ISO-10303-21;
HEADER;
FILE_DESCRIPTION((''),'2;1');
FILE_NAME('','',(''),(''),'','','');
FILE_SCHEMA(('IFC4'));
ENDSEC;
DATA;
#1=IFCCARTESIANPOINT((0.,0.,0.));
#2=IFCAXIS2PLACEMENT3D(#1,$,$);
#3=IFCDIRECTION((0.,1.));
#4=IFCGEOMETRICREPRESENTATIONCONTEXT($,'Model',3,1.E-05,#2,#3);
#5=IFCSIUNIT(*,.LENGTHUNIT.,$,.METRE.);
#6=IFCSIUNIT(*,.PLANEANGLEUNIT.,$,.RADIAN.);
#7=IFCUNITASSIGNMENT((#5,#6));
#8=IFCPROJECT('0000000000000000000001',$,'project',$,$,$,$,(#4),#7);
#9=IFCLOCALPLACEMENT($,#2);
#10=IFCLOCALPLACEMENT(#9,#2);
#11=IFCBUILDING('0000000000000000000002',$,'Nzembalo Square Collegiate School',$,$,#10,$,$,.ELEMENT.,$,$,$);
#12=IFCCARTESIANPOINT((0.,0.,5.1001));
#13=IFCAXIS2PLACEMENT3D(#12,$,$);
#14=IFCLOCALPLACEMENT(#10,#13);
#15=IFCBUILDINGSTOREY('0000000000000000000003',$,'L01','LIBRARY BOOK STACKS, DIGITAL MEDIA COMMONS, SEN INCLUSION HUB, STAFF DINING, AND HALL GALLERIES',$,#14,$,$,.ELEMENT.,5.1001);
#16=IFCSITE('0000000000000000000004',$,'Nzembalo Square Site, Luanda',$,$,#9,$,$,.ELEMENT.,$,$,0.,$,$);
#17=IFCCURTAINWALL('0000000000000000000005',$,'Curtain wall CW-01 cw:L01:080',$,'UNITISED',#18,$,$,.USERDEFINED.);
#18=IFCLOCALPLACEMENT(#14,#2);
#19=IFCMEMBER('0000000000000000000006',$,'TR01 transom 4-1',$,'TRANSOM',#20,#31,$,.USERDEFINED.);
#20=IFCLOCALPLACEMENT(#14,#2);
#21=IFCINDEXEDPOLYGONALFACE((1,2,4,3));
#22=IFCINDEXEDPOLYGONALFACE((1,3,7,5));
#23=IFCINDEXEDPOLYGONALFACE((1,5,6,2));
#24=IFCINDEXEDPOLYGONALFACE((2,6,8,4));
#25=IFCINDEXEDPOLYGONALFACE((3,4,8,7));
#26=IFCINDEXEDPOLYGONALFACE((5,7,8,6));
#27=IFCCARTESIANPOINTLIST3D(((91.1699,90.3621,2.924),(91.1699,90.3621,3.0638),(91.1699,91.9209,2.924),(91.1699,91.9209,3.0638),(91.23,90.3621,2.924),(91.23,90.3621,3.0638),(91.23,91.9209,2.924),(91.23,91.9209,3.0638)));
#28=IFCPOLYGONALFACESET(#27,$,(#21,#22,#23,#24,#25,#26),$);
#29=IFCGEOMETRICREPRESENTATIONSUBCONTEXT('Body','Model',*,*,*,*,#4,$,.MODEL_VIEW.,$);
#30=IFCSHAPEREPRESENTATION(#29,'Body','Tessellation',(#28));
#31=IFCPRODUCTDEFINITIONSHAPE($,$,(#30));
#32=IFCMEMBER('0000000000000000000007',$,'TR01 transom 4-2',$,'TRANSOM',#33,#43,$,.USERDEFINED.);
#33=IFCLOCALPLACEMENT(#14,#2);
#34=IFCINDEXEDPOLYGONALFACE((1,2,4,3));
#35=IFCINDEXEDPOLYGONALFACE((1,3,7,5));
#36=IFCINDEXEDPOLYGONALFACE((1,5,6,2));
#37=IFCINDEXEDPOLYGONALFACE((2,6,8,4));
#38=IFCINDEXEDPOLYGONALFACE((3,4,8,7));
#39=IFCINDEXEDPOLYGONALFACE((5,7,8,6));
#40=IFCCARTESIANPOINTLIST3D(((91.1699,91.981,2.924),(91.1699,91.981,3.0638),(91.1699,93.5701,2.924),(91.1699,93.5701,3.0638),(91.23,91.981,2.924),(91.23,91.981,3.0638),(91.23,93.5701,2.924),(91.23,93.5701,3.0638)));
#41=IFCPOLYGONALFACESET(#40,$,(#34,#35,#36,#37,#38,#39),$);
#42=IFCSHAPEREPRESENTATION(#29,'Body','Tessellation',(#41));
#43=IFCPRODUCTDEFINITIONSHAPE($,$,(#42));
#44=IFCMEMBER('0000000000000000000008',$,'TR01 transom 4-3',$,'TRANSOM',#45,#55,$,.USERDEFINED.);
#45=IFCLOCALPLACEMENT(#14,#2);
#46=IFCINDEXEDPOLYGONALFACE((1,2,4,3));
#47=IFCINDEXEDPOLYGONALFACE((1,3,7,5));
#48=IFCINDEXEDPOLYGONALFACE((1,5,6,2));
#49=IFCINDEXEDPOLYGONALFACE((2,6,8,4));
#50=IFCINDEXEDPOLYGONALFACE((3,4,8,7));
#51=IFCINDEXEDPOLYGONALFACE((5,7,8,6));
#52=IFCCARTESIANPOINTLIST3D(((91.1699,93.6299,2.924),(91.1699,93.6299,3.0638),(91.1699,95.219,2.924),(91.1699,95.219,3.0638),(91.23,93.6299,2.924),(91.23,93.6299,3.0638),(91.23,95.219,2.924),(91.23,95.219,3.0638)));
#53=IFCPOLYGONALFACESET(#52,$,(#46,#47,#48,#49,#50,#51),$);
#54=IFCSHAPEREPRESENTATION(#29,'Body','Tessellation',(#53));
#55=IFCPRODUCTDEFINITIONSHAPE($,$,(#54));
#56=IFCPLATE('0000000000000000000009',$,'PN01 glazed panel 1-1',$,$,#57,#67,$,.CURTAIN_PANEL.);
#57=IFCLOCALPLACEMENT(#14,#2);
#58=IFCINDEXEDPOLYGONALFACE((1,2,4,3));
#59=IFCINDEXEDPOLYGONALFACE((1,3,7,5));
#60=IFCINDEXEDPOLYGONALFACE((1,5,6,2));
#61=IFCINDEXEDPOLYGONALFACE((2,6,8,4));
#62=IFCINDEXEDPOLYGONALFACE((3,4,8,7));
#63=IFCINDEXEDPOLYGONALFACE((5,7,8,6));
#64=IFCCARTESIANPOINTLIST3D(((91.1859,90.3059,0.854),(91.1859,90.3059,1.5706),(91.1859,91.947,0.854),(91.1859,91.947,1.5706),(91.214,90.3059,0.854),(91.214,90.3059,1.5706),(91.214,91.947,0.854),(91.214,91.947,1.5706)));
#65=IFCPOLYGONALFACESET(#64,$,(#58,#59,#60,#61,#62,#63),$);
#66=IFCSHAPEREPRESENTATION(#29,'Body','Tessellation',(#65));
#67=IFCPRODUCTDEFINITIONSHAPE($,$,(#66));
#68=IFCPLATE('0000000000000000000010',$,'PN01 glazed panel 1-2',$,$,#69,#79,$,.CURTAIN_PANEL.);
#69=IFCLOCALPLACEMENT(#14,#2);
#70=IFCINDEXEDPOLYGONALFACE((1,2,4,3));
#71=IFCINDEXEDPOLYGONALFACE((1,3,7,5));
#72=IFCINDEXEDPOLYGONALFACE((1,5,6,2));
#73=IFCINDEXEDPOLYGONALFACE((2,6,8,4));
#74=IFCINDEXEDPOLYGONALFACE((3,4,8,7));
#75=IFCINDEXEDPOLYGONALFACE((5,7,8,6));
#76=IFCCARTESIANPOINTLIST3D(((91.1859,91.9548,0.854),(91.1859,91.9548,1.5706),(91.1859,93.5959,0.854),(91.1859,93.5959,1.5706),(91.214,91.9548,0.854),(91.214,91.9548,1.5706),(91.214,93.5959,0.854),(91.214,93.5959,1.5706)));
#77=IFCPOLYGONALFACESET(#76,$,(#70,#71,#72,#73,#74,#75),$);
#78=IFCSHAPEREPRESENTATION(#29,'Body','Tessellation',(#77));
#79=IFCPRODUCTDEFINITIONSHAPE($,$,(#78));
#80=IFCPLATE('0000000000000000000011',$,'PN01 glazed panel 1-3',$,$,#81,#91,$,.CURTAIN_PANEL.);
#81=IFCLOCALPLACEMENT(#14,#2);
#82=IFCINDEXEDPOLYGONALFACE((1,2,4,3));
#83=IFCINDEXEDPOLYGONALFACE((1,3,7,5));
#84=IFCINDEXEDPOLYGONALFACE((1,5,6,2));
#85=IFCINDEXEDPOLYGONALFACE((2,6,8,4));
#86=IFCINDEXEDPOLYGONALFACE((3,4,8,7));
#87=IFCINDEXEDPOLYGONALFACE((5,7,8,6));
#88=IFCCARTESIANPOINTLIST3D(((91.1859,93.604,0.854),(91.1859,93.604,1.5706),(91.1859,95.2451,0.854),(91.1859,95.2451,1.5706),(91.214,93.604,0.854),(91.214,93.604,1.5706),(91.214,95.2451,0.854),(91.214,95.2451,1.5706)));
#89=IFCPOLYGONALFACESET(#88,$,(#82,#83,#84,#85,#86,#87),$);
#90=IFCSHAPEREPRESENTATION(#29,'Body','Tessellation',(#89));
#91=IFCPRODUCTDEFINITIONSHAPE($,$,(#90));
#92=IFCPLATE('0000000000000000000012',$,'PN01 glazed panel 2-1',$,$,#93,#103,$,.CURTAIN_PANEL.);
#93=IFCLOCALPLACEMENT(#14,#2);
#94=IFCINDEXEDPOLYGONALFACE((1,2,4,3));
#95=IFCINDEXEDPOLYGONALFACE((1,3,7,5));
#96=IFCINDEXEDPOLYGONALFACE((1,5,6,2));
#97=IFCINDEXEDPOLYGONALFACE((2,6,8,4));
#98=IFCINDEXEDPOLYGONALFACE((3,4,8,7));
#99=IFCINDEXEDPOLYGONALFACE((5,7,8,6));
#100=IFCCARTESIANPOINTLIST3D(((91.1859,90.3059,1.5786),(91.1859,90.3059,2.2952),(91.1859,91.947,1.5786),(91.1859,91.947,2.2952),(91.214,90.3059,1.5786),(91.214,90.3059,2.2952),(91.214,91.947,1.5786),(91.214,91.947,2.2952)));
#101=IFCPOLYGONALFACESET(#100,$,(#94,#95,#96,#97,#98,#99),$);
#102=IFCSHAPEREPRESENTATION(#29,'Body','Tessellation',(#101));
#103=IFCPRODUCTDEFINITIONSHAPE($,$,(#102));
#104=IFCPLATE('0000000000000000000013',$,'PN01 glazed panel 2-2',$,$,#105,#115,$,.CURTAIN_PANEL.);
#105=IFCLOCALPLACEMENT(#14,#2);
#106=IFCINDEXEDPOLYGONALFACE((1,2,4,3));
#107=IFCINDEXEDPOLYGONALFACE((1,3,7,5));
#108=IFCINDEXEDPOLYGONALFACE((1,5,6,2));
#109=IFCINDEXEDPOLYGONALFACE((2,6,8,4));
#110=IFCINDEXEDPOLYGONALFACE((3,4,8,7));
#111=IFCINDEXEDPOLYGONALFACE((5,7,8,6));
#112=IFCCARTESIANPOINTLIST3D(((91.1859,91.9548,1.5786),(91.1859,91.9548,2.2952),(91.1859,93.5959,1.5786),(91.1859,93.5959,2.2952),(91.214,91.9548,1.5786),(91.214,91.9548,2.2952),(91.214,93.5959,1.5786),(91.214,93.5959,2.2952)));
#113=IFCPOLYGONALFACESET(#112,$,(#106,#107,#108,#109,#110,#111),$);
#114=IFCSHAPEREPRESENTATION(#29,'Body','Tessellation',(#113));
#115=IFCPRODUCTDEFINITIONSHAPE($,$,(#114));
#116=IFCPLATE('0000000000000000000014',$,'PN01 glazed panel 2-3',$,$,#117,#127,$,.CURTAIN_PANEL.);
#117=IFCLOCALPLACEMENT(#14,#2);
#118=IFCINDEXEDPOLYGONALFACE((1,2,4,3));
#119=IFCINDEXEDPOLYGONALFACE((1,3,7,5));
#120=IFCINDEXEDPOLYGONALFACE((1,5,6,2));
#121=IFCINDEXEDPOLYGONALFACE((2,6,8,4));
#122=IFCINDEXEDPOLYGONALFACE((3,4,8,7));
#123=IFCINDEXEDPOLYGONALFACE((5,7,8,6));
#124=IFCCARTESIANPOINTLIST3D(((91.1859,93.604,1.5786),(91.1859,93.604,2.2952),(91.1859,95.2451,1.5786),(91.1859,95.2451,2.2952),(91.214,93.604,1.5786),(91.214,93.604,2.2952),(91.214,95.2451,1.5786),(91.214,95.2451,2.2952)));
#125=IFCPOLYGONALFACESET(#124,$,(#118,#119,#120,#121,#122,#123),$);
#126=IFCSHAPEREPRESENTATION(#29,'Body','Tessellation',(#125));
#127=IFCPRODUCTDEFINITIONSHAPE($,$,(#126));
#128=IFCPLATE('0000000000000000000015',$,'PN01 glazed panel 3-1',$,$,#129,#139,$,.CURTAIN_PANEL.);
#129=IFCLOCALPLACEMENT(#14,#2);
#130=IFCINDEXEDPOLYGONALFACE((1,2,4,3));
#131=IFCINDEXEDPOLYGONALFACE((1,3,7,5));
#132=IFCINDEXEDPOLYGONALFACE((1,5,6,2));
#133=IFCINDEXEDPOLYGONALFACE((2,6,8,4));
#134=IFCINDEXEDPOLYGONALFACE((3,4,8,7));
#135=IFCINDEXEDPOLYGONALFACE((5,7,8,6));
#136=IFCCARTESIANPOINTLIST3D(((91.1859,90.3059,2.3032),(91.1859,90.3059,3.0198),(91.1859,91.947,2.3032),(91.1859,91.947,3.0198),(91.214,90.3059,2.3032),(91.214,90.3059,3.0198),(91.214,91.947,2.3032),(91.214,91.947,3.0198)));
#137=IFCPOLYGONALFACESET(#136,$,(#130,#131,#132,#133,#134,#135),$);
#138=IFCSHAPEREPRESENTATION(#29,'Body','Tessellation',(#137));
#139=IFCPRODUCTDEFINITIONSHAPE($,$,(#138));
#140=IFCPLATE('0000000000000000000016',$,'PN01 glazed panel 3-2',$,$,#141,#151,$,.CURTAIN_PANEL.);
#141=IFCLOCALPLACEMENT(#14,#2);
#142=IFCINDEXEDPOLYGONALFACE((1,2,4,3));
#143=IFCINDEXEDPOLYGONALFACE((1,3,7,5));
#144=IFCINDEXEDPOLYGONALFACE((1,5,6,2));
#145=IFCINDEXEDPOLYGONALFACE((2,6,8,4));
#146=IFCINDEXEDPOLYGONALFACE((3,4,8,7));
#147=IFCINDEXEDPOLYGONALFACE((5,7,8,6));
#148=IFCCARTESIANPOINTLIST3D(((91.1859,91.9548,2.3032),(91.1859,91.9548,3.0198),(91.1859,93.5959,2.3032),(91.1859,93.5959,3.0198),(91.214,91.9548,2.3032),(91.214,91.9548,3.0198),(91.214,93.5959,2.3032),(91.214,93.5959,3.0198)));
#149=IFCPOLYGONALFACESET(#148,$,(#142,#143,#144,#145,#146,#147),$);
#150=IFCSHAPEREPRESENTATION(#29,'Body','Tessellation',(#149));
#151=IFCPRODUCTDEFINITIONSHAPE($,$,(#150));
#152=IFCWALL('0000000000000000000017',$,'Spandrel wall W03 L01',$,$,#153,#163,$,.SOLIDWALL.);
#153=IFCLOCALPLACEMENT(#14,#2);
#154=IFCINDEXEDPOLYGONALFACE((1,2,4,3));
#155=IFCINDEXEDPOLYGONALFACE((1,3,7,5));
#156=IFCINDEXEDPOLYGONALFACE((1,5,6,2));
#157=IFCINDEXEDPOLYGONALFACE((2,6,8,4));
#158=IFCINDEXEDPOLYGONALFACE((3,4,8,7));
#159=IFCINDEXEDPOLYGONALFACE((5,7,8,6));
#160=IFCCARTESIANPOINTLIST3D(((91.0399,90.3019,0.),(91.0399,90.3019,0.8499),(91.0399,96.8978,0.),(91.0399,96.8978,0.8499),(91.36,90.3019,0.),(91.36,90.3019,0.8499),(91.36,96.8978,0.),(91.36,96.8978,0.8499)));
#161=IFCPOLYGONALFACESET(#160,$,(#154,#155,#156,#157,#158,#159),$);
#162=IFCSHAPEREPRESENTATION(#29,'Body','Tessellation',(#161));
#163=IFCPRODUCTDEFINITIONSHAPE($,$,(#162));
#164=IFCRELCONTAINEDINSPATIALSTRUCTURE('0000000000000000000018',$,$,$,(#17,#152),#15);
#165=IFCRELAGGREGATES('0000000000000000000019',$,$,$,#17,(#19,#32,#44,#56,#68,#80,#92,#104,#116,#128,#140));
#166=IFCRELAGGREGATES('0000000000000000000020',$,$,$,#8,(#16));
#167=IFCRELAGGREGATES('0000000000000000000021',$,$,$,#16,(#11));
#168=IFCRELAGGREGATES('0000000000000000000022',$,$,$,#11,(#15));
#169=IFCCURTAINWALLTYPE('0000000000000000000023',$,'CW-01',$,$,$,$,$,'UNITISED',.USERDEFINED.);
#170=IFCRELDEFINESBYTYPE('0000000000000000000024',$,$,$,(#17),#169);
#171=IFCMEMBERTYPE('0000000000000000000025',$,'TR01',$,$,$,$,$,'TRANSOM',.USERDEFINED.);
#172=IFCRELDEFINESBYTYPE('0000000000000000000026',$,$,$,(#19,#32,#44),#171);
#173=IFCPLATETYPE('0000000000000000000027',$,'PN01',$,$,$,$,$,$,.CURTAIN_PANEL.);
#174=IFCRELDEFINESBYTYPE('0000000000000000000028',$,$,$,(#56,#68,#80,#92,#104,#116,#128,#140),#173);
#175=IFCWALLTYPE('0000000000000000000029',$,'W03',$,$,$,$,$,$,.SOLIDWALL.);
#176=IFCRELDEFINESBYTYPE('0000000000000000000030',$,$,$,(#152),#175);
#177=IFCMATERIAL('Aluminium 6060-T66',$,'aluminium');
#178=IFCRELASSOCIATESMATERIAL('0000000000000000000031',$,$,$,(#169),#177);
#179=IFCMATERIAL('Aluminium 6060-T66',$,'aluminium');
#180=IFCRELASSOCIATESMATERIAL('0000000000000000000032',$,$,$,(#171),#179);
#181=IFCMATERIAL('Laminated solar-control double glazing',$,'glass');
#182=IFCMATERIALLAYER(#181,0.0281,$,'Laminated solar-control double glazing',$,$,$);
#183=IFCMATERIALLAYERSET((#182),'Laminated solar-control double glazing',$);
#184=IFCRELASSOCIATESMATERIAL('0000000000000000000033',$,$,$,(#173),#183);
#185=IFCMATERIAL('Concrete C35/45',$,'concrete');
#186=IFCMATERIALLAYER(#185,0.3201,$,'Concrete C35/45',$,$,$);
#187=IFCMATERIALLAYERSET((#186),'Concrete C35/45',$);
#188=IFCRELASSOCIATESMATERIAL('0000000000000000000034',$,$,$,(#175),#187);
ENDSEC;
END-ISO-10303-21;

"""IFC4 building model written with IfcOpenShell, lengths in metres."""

from ifc_helpers import new_model, si_unit, direction, frame, frame_2d, origin, origin_2d, place, context, subcontext, project, spatial, rectangle, extrude, material, layer, layer_set, material_profile, profile_set, type_object, element, aggregate, save


model = new_model("IFC4")

# Units and contexts
model_context = context("Model", 3, precision=1e-05, world=origin(), true_north=direction((0.0, 1.0)))
body_context = subcontext(model_context, "Body", "Model", "MODEL_VIEW")
ifc_project = project(units=[si_unit("LENGTHUNIT", "METRE"), si_unit("PLANEANGLEUNIT", "RADIAN")], contexts=[model_context])

# Site, building, storey
site_placement = place(None, origin())
site = spatial("IfcSite", under=ifc_project, at=site_placement, Name="Nzembalo Square Site, Luanda", CompositionType="ELEMENT", RefElevation=0.0)
building_placement = place(site_placement, origin())
building = spatial("IfcBuilding", under=site, at=building_placement, Name="Nzembalo Square Collegiate School", CompositionType="ELEMENT")
storey_placement = place(building_placement, frame((0.0, 0.0, 5.1001)))
storey = spatial("IfcBuildingStorey", under=building, at=storey_placement, Name="L01", Description="LIBRARY BOOK STACKS, DIGITAL MEDIA COMMONS, SEN INCLUSION HUB, STAFF DINING, AND HALL GALLERIES", CompositionType="ELEMENT", Elevation=5.1001)

# Curtain wall, members, plates
ifc_material_1 = material(Name="Aluminium 6060-T66", Category="aluminium")
curtain_wall_type = type_object("IfcCurtainWallType", Name="CW-01", ElementType="UNITISED", PredefinedType="USERDEFINED", material=ifc_material_1)
curtain_wall_placement = place(storey_placement, origin())
curtain_wall = element("IfcCurtainWall", 1, at=curtain_wall_placement, inside=storey, type_object=curtain_wall_type, Name="Curtain wall CW-01 cw:L01:080", ObjectType="UNITISED", PredefinedType="USERDEFINED")
ifc_material_2 = material(Name="Aluminium 6060-T66", Category="aluminium")
ifc_material_profile_1 = material_profile(ifc_material_2, rectangle(XDim=0.0601, YDim=0.1399, at=origin_2d()), Name="ALU T60x140")
ifc_profile_set_1 = profile_set([ifc_material_profile_1], Name="Aluminium 6060-T66")
member_type_1 = type_object("IfcMemberType", Name="TR01", ElementType="TRANSOM", PredefinedType="USERDEFINED", material=ifc_profile_set_1)
member_1_placement = place(storey_placement, frame((91.2, 90.3621, 2.9939), z_axis=(0.0, 1.0, 0.0), x_axis=(-1.0, 0.0, 0.0)))
member_1 = element("IfcMember", 2, at=member_1_placement, type_object=member_type_1, Name="TR01 transom 4-1", ObjectType="TRANSOM", PredefinedType="USERDEFINED", context=body_context, shape_type="SweptSolid", body=[
    extrude(rectangle(XDim=0.0601, YDim=0.1399, at=origin_2d()), origin(), (0.0, 0.0, 1.0), 1.5588),
])
member_2_placement = place(storey_placement, frame((91.2, 91.981, 2.9939), z_axis=(0.0, 1.0, 0.0), x_axis=(-1.0, 0.0, 0.0)))
member_2 = element("IfcMember", 3, at=member_2_placement, type_object=member_type_1, Name="TR01 transom 4-2", ObjectType="TRANSOM", PredefinedType="USERDEFINED", context=body_context, shape_type="SweptSolid", body=[
    extrude(rectangle(XDim=0.0601, YDim=0.1399, at=origin_2d()), origin(), (0.0, 0.0, 1.0), 1.5891),
])
member_3_placement = place(storey_placement, frame((91.2, 93.6299, 2.9939), z_axis=(0.0, 1.0, 0.0), x_axis=(-1.0, 0.0, 0.0)))
member_3 = element("IfcMember", 4, at=member_3_placement, type_object=member_type_1, Name="TR01 transom 4-3", ObjectType="TRANSOM", PredefinedType="USERDEFINED", context=body_context, shape_type="SweptSolid", body=[
    extrude(rectangle(XDim=0.0601, YDim=0.1399, at=origin_2d()), origin(), (0.0, 0.0, 1.0), 1.5891),
])
ifc_material_3 = material(Name="Laminated solar-control double glazing", Category="glass")
ifc_layer_1 = layer(ifc_material_3, 0.0281, Name="Laminated solar-control double glazing")
ifc_layer_set_1 = layer_set([ifc_layer_1], Name="Laminated solar-control double glazing")
plate_type = type_object("IfcPlateType", Name="PN01", PredefinedType="CURTAIN_PANEL", material=ifc_layer_set_1)
plate_1_placement = place(storey_placement, frame((91.2, 91.1265, 0.854), z_axis=(0.0, 0.0, 1.0), x_axis=(0.0, 1.0, 0.0)))
plate_1 = element("IfcPlate", 5, at=plate_1_placement, type_object=plate_type, Name="PN01 glazed panel 1-1", PredefinedType="CURTAIN_PANEL", context=body_context, shape_type="SweptSolid", body=[
    extrude(rectangle(XDim=1.6411, YDim=0.0281, at=origin_2d()), origin(), (0.0, 0.0, 1.0), 0.7166),
])
plate_2_placement = place(storey_placement, frame((91.2, 92.7754, 0.854), z_axis=(0.0, 0.0, 1.0), x_axis=(0.0, 1.0, 0.0)))
plate_2 = element("IfcPlate", 6, at=plate_2_placement, type_object=plate_type, Name="PN01 glazed panel 1-2", PredefinedType="CURTAIN_PANEL", context=body_context, shape_type="SweptSolid", body=[
    extrude(rectangle(XDim=1.6411, YDim=0.0281, at=origin_2d()), origin(), (0.0, 0.0, 1.0), 0.7166),
])
plate_3_placement = place(storey_placement, frame((91.2, 94.4246, 0.854), z_axis=(0.0, 0.0, 1.0), x_axis=(0.0, 1.0, 0.0)))
plate_3 = element("IfcPlate", 7, at=plate_3_placement, type_object=plate_type, Name="PN01 glazed panel 1-3", PredefinedType="CURTAIN_PANEL", context=body_context, shape_type="SweptSolid", body=[
    extrude(rectangle(XDim=1.6411, YDim=0.0281, at=origin_2d()), origin(), (0.0, 0.0, 1.0), 0.7166),
])
plate_4_placement = place(storey_placement, frame((91.2, 91.1265, 1.5786), z_axis=(0.0, 0.0, 1.0), x_axis=(0.0, 1.0, 0.0)))
plate_4 = element("IfcPlate", 8, at=plate_4_placement, type_object=plate_type, Name="PN01 glazed panel 2-1", PredefinedType="CURTAIN_PANEL", context=body_context, shape_type="SweptSolid", body=[
    extrude(rectangle(XDim=1.6411, YDim=0.0281, at=origin_2d()), origin(), (0.0, 0.0, 1.0), 0.7166),
])
plate_5_placement = place(storey_placement, frame((91.2, 92.7754, 1.5786), z_axis=(0.0, 0.0, 1.0), x_axis=(0.0, 1.0, 0.0)))
plate_5 = element("IfcPlate", 9, at=plate_5_placement, type_object=plate_type, Name="PN01 glazed panel 2-2", PredefinedType="CURTAIN_PANEL", context=body_context, shape_type="SweptSolid", body=[
    extrude(rectangle(XDim=1.6411, YDim=0.0281, at=origin_2d()), origin(), (0.0, 0.0, 1.0), 0.7166),
])
plate_6_placement = place(storey_placement, frame((91.2, 94.4246, 1.5786), z_axis=(0.0, 0.0, 1.0), x_axis=(0.0, 1.0, 0.0)))
plate_6 = element("IfcPlate", 10, at=plate_6_placement, type_object=plate_type, Name="PN01 glazed panel 2-3", PredefinedType="CURTAIN_PANEL", context=body_context, shape_type="SweptSolid", body=[
    extrude(rectangle(XDim=1.6411, YDim=0.0281, at=origin_2d()), origin(), (0.0, 0.0, 1.0), 0.7166),
])
plate_7_placement = place(storey_placement, frame((91.2, 91.1265, 2.3032), z_axis=(0.0, 0.0, 1.0), x_axis=(0.0, 1.0, 0.0)))
plate_7 = element("IfcPlate", 11, at=plate_7_placement, type_object=plate_type, Name="PN01 glazed panel 3-1", PredefinedType="CURTAIN_PANEL", context=body_context, shape_type="SweptSolid", body=[
    extrude(rectangle(XDim=1.6411, YDim=0.0281, at=origin_2d()), origin(), (0.0, 0.0, 1.0), 0.7166),
])
plate_8_placement = place(storey_placement, frame((91.2, 92.7754, 2.3032), z_axis=(0.0, 0.0, 1.0), x_axis=(0.0, 1.0, 0.0)))
plate_8 = element("IfcPlate", 12, at=plate_8_placement, type_object=plate_type, Name="PN01 glazed panel 3-2", PredefinedType="CURTAIN_PANEL", context=body_context, shape_type="SweptSolid", body=[
    extrude(rectangle(XDim=1.6411, YDim=0.0281, at=origin_2d()), origin(), (0.0, 0.0, 1.0), 0.7166),
])
aggregate(curtain_wall, [member_1, member_2, member_3, plate_1, plate_2, plate_3, plate_4, plate_5, plate_6, plate_7, plate_8])

# Wall
ifc_material_4 = material(Name="Concrete C35/45", Category="concrete")
ifc_layer_2 = layer(ifc_material_4, 0.3201, Name="Concrete C35/45")
ifc_layer_set_2 = layer_set([ifc_layer_2], Name="Concrete C35/45")
wall_type = type_object("IfcWallType", Name="W03", PredefinedType="SOLIDWALL", material=ifc_layer_set_2)
wall_placement = place(storey_placement, frame((91.2, 90.302, 0.0), z_axis=(0.0, 0.0, 1.0), x_axis=(0.0, 1.0, 0.0)))
element("IfcWall", 13, at=wall_placement, inside=storey, type_object=wall_type, Name="Spandrel wall W03 L01", PredefinedType="SOLIDWALL", context=body_context, shape_type="SweptSolid", body=[
    extrude(rectangle(XDim=6.5959, YDim=0.3201, at=frame_2d((3.2979, 0.0))), origin(), (0.0, 0.0, 1.0), 0.8499),
])

save(model, "model.ifc")
